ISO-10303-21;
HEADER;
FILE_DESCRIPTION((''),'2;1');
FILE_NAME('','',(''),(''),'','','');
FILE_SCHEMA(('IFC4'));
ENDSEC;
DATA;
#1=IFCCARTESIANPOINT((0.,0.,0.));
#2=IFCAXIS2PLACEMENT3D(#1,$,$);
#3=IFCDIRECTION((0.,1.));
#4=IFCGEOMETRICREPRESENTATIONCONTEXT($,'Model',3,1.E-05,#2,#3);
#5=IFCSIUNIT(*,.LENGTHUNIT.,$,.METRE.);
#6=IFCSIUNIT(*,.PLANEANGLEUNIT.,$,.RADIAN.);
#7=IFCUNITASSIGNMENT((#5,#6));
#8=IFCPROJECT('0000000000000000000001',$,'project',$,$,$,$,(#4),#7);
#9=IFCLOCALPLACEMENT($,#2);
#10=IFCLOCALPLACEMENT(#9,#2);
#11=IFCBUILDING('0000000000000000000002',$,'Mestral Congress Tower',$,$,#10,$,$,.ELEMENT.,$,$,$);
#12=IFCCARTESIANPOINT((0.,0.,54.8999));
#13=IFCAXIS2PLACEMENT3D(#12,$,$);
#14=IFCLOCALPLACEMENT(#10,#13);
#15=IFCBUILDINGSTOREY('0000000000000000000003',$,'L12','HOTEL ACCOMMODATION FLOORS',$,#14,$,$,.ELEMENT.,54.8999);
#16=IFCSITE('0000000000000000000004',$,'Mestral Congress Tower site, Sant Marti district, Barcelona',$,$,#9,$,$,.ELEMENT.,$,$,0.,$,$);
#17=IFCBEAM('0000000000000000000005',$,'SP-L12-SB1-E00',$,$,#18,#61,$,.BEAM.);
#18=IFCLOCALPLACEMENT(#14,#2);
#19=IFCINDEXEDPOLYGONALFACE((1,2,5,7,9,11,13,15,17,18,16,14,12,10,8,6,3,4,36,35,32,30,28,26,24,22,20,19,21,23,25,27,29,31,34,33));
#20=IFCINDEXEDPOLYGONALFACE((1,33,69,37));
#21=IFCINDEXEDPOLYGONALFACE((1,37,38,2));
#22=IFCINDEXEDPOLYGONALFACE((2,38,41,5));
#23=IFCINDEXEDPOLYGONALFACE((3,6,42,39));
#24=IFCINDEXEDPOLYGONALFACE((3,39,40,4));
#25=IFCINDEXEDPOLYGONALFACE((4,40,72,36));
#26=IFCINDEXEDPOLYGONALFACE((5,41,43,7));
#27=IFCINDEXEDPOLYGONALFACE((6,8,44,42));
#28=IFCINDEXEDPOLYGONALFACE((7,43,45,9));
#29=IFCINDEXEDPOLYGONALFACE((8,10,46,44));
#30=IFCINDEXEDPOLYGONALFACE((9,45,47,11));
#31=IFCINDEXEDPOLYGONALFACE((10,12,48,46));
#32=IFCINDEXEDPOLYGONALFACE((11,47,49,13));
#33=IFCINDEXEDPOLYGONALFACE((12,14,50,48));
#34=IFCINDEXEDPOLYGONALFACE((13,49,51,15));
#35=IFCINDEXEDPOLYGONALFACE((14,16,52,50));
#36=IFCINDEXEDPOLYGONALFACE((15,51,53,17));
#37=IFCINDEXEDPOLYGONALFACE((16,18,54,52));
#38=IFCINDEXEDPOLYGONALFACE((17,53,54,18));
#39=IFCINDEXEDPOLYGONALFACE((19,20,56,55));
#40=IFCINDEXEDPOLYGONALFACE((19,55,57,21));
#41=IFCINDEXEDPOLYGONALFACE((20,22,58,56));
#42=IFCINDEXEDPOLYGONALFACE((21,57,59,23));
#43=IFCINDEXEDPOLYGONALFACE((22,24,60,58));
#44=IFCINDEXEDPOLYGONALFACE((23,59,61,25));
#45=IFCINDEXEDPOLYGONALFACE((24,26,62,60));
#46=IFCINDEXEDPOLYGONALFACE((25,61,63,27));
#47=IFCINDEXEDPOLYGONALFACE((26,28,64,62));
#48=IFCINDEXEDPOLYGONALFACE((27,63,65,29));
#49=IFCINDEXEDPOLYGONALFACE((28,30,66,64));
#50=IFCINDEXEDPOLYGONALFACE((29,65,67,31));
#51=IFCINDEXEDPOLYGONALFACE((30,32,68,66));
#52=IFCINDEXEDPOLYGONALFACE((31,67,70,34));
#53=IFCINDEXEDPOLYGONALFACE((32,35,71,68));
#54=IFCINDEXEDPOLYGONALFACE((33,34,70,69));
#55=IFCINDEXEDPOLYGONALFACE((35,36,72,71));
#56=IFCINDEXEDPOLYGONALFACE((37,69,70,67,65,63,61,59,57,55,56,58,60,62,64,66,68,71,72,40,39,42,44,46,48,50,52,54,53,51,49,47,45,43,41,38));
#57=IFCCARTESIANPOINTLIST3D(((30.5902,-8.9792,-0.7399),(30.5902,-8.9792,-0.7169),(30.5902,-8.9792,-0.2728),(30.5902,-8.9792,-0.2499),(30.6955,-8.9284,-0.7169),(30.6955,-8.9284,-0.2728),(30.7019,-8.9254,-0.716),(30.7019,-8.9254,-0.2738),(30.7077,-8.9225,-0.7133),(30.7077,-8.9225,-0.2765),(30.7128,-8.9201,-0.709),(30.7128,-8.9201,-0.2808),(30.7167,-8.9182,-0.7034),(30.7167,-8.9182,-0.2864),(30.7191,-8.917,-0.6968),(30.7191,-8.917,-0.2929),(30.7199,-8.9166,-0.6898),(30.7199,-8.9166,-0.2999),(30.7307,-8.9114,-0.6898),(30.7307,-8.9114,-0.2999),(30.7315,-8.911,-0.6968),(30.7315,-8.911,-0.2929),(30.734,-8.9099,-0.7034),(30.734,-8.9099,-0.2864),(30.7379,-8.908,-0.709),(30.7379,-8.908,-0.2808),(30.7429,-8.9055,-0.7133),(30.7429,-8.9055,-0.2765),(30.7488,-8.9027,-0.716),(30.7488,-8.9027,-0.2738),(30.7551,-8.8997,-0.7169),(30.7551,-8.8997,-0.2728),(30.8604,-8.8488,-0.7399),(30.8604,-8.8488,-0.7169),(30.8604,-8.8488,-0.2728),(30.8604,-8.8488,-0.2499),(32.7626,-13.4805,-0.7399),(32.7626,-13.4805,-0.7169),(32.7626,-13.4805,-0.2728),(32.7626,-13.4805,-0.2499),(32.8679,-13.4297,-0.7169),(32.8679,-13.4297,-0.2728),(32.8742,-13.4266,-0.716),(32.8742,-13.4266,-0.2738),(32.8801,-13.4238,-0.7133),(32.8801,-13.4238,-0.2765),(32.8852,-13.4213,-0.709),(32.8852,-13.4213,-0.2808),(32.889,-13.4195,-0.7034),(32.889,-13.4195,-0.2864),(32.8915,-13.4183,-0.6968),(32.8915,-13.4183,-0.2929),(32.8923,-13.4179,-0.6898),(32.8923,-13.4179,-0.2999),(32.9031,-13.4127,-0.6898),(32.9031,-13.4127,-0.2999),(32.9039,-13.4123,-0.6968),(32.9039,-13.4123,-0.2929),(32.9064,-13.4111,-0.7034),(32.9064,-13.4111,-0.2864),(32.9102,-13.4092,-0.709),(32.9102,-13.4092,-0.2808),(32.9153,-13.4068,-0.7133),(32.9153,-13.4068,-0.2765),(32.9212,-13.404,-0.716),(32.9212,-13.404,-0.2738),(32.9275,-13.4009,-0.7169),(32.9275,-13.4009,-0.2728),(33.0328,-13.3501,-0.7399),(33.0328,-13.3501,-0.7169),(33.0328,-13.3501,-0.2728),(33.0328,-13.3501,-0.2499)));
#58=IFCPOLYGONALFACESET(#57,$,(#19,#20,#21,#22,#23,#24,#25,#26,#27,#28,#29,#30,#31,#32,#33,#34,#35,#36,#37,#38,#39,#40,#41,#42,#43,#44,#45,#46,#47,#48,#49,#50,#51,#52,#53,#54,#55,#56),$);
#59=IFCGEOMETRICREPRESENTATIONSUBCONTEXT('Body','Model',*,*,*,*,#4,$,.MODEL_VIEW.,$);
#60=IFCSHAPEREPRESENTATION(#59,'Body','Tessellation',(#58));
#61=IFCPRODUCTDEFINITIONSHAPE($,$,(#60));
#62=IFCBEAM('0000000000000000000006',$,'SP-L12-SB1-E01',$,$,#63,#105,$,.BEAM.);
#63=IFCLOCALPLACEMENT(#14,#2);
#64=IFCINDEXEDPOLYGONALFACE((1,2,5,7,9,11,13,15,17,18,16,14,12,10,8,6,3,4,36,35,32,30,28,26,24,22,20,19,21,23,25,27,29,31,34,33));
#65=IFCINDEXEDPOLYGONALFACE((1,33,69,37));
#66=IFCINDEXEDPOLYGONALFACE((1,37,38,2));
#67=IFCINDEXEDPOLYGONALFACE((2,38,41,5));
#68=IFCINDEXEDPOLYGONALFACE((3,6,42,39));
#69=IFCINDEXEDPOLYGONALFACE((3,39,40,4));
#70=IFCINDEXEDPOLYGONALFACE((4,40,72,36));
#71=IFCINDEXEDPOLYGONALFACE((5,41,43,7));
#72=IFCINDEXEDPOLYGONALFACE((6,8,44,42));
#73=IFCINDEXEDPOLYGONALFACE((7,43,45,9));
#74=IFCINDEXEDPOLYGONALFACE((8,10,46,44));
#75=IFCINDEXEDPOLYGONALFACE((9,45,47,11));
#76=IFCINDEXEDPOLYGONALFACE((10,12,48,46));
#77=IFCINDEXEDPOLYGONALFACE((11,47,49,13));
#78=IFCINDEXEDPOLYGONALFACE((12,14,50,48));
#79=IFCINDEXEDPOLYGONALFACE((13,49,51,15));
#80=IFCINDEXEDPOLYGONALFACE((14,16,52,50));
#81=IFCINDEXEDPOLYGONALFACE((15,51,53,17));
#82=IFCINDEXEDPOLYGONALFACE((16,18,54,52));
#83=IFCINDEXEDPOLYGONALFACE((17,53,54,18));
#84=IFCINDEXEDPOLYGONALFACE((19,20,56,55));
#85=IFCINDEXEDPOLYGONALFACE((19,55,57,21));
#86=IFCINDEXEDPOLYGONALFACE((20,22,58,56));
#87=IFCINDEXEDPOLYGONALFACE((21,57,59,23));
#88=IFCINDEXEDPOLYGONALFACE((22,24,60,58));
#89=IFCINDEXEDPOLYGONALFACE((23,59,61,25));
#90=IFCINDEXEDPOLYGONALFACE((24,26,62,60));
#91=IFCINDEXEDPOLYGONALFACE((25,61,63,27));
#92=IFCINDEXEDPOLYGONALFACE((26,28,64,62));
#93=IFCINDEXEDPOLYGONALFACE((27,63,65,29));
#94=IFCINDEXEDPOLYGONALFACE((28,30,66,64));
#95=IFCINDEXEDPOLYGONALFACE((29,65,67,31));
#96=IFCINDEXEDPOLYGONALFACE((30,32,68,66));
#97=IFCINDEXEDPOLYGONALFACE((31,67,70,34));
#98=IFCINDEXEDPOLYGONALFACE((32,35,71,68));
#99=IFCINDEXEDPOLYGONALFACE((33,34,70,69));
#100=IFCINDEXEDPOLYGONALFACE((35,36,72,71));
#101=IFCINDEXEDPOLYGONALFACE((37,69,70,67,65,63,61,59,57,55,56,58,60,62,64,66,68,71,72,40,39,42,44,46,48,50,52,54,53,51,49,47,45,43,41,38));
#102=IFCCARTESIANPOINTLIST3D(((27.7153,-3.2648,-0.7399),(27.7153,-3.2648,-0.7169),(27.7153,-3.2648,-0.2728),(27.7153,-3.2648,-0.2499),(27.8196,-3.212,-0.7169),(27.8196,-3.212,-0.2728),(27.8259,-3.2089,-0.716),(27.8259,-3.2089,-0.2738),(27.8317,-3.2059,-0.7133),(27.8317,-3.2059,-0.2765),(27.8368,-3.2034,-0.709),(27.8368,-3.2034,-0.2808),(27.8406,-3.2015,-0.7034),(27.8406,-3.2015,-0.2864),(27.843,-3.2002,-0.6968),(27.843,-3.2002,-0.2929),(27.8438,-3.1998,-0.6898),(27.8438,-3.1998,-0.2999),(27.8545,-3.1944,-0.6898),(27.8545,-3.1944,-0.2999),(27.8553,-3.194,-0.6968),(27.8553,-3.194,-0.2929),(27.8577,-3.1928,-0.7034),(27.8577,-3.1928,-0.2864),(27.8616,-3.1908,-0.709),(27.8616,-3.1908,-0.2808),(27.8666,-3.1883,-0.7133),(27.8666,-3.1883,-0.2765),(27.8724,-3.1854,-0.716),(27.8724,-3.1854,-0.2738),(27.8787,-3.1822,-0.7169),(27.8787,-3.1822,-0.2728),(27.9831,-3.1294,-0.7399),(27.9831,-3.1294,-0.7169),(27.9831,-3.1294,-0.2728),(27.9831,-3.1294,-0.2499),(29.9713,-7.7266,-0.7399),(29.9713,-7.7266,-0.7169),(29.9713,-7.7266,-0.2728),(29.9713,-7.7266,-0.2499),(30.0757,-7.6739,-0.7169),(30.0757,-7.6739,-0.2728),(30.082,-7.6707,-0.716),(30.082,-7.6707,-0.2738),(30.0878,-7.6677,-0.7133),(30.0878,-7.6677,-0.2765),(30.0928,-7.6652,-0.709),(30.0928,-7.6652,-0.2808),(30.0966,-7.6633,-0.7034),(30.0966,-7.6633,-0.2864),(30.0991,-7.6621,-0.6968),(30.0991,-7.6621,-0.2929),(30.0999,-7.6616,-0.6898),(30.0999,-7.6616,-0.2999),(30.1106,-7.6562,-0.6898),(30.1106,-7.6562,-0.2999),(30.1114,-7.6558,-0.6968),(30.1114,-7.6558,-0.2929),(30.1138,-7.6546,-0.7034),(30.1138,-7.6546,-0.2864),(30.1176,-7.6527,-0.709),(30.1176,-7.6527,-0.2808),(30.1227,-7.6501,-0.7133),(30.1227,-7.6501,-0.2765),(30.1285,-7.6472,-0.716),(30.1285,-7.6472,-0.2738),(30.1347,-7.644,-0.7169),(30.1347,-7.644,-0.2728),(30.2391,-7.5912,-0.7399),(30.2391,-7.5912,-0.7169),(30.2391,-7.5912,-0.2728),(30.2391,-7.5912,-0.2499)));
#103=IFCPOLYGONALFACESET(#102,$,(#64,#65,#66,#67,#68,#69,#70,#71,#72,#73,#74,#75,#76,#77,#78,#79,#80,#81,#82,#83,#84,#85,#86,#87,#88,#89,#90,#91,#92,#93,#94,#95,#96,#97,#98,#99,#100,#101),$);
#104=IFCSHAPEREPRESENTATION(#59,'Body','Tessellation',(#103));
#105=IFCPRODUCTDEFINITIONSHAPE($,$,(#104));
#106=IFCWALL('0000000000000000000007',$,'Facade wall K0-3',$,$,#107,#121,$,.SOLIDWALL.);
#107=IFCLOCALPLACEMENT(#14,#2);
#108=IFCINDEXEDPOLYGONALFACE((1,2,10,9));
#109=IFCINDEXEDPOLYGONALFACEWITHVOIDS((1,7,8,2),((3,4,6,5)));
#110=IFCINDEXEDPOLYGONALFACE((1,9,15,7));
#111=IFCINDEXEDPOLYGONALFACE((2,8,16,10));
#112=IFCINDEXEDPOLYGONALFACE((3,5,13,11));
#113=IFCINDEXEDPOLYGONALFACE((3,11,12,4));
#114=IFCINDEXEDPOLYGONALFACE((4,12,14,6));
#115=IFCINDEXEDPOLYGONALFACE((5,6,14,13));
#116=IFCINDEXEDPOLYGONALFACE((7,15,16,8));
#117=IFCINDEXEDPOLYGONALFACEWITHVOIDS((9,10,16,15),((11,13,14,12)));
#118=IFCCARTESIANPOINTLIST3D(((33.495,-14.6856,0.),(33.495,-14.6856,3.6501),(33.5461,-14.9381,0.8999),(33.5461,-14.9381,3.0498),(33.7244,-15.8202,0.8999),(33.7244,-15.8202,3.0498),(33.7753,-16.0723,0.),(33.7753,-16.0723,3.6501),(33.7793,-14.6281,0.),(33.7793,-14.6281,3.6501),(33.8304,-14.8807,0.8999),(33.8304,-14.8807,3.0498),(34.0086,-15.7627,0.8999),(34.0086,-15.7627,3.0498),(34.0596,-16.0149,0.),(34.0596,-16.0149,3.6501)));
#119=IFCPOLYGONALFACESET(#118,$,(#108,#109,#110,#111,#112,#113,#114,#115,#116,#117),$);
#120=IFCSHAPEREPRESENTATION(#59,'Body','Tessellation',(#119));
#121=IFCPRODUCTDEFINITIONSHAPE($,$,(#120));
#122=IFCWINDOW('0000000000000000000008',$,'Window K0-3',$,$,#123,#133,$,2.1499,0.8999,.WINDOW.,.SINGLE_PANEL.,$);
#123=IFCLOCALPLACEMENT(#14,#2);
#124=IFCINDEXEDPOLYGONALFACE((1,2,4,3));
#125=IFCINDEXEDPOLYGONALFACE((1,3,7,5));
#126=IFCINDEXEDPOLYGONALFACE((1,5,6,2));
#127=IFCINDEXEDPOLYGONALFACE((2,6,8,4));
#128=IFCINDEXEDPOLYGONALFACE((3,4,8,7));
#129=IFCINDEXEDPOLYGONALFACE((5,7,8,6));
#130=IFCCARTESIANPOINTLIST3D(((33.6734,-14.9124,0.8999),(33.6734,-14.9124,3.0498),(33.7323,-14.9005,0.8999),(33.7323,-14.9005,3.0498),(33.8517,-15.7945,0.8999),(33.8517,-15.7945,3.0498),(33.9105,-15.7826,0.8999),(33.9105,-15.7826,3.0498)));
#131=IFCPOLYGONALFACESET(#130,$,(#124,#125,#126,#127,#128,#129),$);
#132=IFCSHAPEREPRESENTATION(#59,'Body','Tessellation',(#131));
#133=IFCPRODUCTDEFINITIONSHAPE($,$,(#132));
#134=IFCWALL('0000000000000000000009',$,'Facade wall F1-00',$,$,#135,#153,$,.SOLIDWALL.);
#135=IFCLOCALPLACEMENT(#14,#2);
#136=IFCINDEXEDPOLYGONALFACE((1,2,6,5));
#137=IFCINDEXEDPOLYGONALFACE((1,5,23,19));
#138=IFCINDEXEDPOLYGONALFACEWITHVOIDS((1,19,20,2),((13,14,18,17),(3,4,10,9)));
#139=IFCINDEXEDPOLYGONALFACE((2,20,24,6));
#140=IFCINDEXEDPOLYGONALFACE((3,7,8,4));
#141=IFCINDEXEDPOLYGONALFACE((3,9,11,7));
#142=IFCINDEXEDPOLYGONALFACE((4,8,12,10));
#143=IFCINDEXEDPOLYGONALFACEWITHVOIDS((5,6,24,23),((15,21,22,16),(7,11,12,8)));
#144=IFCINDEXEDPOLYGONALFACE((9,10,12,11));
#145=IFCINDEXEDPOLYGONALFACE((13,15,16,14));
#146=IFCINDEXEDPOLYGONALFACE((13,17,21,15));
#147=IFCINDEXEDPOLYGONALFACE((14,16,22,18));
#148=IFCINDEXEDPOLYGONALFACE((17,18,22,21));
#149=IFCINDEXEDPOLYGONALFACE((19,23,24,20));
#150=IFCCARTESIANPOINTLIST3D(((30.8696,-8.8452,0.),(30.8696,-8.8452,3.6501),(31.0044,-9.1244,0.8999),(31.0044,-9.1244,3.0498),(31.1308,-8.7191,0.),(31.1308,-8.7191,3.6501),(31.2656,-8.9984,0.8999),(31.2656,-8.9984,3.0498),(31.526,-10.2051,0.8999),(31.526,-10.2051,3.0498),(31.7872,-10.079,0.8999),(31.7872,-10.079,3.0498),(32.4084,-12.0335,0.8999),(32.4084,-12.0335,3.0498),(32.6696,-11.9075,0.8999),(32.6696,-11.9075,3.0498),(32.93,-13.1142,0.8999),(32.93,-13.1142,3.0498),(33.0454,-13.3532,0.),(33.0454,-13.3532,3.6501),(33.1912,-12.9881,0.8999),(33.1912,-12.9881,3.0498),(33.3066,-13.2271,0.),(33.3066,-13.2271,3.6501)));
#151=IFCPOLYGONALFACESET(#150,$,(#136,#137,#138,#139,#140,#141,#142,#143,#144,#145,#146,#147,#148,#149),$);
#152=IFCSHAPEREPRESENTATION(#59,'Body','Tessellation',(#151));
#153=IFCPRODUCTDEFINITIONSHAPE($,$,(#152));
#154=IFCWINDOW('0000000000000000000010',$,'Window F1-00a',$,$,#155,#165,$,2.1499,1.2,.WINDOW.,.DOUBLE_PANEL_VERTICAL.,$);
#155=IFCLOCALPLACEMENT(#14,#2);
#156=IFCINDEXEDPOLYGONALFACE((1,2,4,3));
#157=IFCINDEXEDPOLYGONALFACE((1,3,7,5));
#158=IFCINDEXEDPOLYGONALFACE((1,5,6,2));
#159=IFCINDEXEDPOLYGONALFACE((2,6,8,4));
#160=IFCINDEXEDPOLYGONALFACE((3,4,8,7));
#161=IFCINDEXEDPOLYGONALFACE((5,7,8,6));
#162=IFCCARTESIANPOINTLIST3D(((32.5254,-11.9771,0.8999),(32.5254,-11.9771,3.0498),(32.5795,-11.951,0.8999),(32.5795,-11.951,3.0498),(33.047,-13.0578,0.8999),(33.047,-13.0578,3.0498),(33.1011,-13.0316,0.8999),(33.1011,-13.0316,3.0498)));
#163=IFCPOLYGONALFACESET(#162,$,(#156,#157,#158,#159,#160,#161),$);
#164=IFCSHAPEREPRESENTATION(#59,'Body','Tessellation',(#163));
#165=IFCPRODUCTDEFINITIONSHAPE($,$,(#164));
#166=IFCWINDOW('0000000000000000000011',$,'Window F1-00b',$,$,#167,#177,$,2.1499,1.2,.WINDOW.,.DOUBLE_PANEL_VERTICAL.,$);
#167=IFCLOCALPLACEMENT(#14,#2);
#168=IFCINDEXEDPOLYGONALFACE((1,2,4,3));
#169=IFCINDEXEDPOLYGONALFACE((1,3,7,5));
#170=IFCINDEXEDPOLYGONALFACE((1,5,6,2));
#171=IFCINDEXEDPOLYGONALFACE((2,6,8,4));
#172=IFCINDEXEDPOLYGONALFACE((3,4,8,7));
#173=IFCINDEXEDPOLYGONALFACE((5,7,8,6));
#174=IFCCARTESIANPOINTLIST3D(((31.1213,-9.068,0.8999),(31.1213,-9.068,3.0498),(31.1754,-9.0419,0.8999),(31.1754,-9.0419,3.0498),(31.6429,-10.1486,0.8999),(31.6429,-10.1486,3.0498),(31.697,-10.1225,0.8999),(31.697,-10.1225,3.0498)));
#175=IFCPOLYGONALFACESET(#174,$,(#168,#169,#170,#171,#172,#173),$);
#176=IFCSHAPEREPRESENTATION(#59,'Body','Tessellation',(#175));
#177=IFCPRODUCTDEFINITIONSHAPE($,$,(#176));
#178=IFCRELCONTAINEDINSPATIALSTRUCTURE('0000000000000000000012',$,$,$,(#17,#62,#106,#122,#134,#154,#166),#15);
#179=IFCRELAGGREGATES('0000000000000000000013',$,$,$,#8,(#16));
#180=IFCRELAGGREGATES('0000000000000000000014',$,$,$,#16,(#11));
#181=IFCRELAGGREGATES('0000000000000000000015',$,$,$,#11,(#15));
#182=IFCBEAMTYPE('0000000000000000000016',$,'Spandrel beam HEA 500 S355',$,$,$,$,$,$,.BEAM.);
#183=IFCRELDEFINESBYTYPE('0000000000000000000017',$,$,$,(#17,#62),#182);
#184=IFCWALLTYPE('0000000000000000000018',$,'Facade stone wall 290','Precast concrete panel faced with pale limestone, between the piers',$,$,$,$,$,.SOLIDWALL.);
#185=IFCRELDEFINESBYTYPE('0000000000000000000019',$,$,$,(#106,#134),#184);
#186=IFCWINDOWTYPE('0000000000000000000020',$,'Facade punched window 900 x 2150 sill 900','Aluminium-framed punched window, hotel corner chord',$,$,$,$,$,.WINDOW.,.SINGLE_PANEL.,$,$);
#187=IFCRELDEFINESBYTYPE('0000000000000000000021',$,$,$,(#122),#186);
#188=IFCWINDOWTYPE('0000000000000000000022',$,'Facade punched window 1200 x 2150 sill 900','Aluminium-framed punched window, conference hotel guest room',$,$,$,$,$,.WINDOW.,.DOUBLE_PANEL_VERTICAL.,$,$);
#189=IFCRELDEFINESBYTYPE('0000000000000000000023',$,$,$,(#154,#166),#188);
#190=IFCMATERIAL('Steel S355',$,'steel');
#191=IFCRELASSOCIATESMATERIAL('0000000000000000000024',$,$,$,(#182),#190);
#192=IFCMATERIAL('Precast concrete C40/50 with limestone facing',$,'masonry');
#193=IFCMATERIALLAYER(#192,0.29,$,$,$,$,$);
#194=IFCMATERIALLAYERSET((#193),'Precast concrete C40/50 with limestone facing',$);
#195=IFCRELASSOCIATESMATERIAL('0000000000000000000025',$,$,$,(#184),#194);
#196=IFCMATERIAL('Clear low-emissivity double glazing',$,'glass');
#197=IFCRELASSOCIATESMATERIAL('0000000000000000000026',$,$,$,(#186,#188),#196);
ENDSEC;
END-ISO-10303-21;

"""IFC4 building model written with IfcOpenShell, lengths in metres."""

from ifc_helpers import new_model, si_unit, direction, frame, frame_2d, origin, origin_2d, place, context, subcontext, project, spatial, rectangle, i_section, extrude, material, layer, layer_set, material_profile, profile_set, type_object, element, fill, save


model = new_model("IFC4")

# Units and contexts
model_context = context("Model", 3, precision=1e-05, world=origin(), true_north=direction((0.0, 1.0)))
body_context = subcontext(model_context, "Body", "Model", "MODEL_VIEW")
ifc_project = project(units=[si_unit("LENGTHUNIT", "METRE"), si_unit("PLANEANGLEUNIT", "RADIAN")], contexts=[model_context])

# Site, building, storey
site_placement = place(None, origin())
site = spatial("IfcSite", under=ifc_project, at=site_placement, Name="Mestral Congress Tower site, Sant Marti district, Barcelona", CompositionType="ELEMENT", RefElevation=0.0)
building_placement = place(site_placement, origin())
building = spatial("IfcBuilding", under=site, at=building_placement, Name="Mestral Congress Tower", CompositionType="ELEMENT")
storey_placement = place(building_placement, frame((0.0, 0.0, 54.8999)))
storey = spatial("IfcBuildingStorey", under=building, at=storey_placement, Name="L12", Description="HOTEL ACCOMMODATION FLOORS", CompositionType="ELEMENT", Elevation=54.8999)

# Beams
ifc_material_1 = material(Name="Steel S355", Category="steel")
ifc_material_profile_1 = material_profile(ifc_material_1, i_section(OverallWidth=0.3, OverallDepth=0.49, WebThickness=0.012, FlangeThickness=0.0229, FilletRadius=0.0271, at=origin_2d()), Name="HEA 500")
ifc_profile_set_1 = profile_set([ifc_material_profile_1], Name="Steel S355")
beam_type_1 = type_object("IfcBeamType", Name="Spandrel beam HEA 500 S355", PredefinedType="BEAM", material=ifc_profile_set_1)
beam_1_placement = place(storey_placement, frame((32.8977, -13.4153, -0.4949), z_axis=(-0.434645, 0.900602, 0.0), x_axis=(-0.900602, -0.434645, 0.0)))
element("IfcBeam", 1, at=beam_1_placement, inside=storey, type_object=beam_type_1, Name="SP-L12-SB1-E00", PredefinedType="BEAM", context=body_context, shape_type="SweptSolid", body=[
    extrude(i_section(OverallWidth=0.3, OverallDepth=0.49, WebThickness=0.012, FlangeThickness=0.0229, FilletRadius=0.0271, at=origin_2d()), origin(), (0.0, 0.0, 1.0), 4.998),
])
beam_2_placement = place(storey_placement, frame((30.1052, -7.6589, -0.4949), z_axis=(-0.451233, 0.892406, 0.0), x_axis=(-0.892406, -0.451233, 0.0)))
element("IfcBeam", 2, at=beam_2_placement, inside=storey, type_object=beam_type_1, Name="SP-L12-SB1-E01", PredefinedType="BEAM", context=body_context, shape_type="SweptSolid", body=[
    extrude(i_section(OverallWidth=0.3, OverallDepth=0.49, WebThickness=0.012, FlangeThickness=0.0229, FilletRadius=0.0271, at=origin_2d()), origin(), (0.0, 0.0, 1.0), 4.9998),
])

# Wall, opening, window
ifc_material_2 = material(Name="Precast concrete C40/50 with limestone facing", Category="masonry")
ifc_layer_1 = layer(ifc_material_2, 0.29)
ifc_layer_set_1 = layer_set([ifc_layer_1], Name="Precast concrete C40/50 with limestone facing")
wall_type_1 = type_object("IfcWallType", Name="Facade stone wall 290", Description="Precast concrete panel faced with pale limestone, between the piers", PredefinedType="SOLIDWALL", material=ifc_layer_set_1)
wall_1_placement = place(storey_placement, frame((33.9175, -16.0437, 0.0), z_axis=(0.0, 0.0, 1.0), x_axis=(-0.198107, 0.98018, 0.0)))
wall_1 = element("IfcWall", 3, at=wall_1_placement, inside=storey, type_object=wall_type_1, Name="Facade wall K0-3", PredefinedType="SOLIDWALL", context=body_context, shape_type="SweptSolid", body=[
    extrude(rectangle(XDim=1.4148, YDim=0.29, at=frame_2d((0.7075, 0.0))), origin(), (0.0, 0.0, 1.0), 3.6501),
])
opening_1_placement = place(wall_1_placement, frame((0.2573, 0.0, 0.8999)))
opening_1 = element("IfcOpeningElement", 4, at=opening_1_placement, cuts=wall_1, PredefinedType="OPENING", context=body_context, shape_type="SweptSolid", body=[
    extrude(rectangle(XDim=0.8999, YDim=2.1499, at=frame_2d((0.45, 1.075))), frame((0.0, 0.155, 0.0), z_axis=(0.0, -1.0, 0.0), x_axis=(1.0, 0.0, 0.0)), (0.0, 0.0, 1.0), 0.3101),
])
ifc_material_3 = material(Name="Clear low-emissivity double glazing", Category="glass")
window_type_1 = type_object("IfcWindowType", Name="Facade punched window 900 x 2150 sill 900", Description="Aluminium-framed punched window, hotel corner chord", PartitioningType="SINGLE_PANEL", PredefinedType="WINDOW", material=ifc_material_3)
window_1_placement = place(opening_1_placement, origin())
window_1 = element("IfcWindow", 5, at=window_1_placement, inside=storey, type_object=window_type_1, Name="Window K0-3", OverallHeight=2.1499, OverallWidth=0.8999, PartitioningType="SINGLE_PANEL", PredefinedType="WINDOW", context=body_context, shape_type="SweptSolid", body=[
    extrude(rectangle(XDim=0.8999, YDim=2.1499, at=frame_2d((0.45, 1.075))), frame((0.0, 0.0151, 0.0), z_axis=(0.0, -1.0, 0.0), x_axis=(1.0, 0.0, 0.0)), (0.0, 0.0, 1.0), 0.0601),
])
fill(opening_1, window_1)

# Wall, openings, windows
wall_2_placement = place(storey_placement, frame((33.176, -13.2903, 0.0), z_axis=(0.0, 0.0, 1.0), x_axis=(-0.434664, 0.900592, 0.0)))
wall_2 = element("IfcWall", 6, at=wall_2_placement, inside=storey, type_object=wall_type_1, Name="Facade wall F1-00", PredefinedType="SOLIDWALL", context=body_context, shape_type="SweptSolid", body=[
    extrude(rectangle(XDim=5.0056, YDim=0.29, at=frame_2d((2.5029, 0.0))), origin(), (0.0, 0.0, 1.0), 3.6501),
])
opening_2_placement = place(wall_2_placement, frame((0.2654, 0.0, 0.8999)))
opening_2 = element("IfcOpeningElement", 7, at=opening_2_placement, cuts=wall_2, PredefinedType="OPENING", context=body_context, shape_type="SweptSolid", body=[
    extrude(rectangle(XDim=1.2, YDim=2.1499, at=frame_2d((0.6001, 1.075))), frame((0.0, 0.155, 0.0), z_axis=(0.0, -1.0, 0.0), x_axis=(1.0, 0.0, 0.0)), (0.0, 0.0, 1.0), 0.3101),
])
opening_3_placement = place(wall_2_placement, frame((3.4956, 0.0, 0.8999)))
opening_3 = element("IfcOpeningElement", 8, at=opening_3_placement, cuts=wall_2, PredefinedType="OPENING", context=body_context, shape_type="SweptSolid", body=[
    extrude(rectangle(XDim=1.2, YDim=2.1499, at=frame_2d((0.6001, 1.075))), frame((0.0, 0.155, 0.0), z_axis=(0.0, -1.0, 0.0), x_axis=(1.0, 0.0, 0.0)), (0.0, 0.0, 1.0), 0.3101),
])
window_type_2 = type_object("IfcWindowType", Name="Facade punched window 1200 x 2150 sill 900", Description="Aluminium-framed punched window, conference hotel guest room", PartitioningType="DOUBLE_PANEL_VERTICAL", PredefinedType="WINDOW", material=ifc_material_3)
window_2_placement = place(opening_2_placement, origin())
window_2 = element("IfcWindow", 9, at=window_2_placement, inside=storey, type_object=window_type_2, Name="Window F1-00a", OverallHeight=2.1499, OverallWidth=1.2, PartitioningType="DOUBLE_PANEL_VERTICAL", PredefinedType="WINDOW", context=body_context, shape_type="SweptSolid", body=[
    extrude(rectangle(XDim=1.2, YDim=2.1499, at=frame_2d((0.6001, 1.075))), frame((0.0, 0.0151, 0.0), z_axis=(0.0, -1.0, 0.0), x_axis=(1.0, 0.0, 0.0)), (0.0, 0.0, 1.0), 0.0601),
])
fill(opening_2, window_2)
window_3_placement = place(opening_3_placement, origin())
window_3 = element("IfcWindow", 10, at=window_3_placement, inside=storey, type_object=window_type_2, Name="Window F1-00b", OverallHeight=2.1499, OverallWidth=1.2, PartitioningType="DOUBLE_PANEL_VERTICAL", PredefinedType="WINDOW", context=body_context, shape_type="SweptSolid", body=[
    extrude(rectangle(XDim=1.2, YDim=2.1499, at=frame_2d((0.6001, 1.075))), frame((0.0, 0.0151, 0.0), z_axis=(0.0, -1.0, 0.0), x_axis=(1.0, 0.0, 0.0)), (0.0, 0.0, 1.0), 0.0601),
])
fill(opening_3, window_3)

save(model, "model.ifc")
